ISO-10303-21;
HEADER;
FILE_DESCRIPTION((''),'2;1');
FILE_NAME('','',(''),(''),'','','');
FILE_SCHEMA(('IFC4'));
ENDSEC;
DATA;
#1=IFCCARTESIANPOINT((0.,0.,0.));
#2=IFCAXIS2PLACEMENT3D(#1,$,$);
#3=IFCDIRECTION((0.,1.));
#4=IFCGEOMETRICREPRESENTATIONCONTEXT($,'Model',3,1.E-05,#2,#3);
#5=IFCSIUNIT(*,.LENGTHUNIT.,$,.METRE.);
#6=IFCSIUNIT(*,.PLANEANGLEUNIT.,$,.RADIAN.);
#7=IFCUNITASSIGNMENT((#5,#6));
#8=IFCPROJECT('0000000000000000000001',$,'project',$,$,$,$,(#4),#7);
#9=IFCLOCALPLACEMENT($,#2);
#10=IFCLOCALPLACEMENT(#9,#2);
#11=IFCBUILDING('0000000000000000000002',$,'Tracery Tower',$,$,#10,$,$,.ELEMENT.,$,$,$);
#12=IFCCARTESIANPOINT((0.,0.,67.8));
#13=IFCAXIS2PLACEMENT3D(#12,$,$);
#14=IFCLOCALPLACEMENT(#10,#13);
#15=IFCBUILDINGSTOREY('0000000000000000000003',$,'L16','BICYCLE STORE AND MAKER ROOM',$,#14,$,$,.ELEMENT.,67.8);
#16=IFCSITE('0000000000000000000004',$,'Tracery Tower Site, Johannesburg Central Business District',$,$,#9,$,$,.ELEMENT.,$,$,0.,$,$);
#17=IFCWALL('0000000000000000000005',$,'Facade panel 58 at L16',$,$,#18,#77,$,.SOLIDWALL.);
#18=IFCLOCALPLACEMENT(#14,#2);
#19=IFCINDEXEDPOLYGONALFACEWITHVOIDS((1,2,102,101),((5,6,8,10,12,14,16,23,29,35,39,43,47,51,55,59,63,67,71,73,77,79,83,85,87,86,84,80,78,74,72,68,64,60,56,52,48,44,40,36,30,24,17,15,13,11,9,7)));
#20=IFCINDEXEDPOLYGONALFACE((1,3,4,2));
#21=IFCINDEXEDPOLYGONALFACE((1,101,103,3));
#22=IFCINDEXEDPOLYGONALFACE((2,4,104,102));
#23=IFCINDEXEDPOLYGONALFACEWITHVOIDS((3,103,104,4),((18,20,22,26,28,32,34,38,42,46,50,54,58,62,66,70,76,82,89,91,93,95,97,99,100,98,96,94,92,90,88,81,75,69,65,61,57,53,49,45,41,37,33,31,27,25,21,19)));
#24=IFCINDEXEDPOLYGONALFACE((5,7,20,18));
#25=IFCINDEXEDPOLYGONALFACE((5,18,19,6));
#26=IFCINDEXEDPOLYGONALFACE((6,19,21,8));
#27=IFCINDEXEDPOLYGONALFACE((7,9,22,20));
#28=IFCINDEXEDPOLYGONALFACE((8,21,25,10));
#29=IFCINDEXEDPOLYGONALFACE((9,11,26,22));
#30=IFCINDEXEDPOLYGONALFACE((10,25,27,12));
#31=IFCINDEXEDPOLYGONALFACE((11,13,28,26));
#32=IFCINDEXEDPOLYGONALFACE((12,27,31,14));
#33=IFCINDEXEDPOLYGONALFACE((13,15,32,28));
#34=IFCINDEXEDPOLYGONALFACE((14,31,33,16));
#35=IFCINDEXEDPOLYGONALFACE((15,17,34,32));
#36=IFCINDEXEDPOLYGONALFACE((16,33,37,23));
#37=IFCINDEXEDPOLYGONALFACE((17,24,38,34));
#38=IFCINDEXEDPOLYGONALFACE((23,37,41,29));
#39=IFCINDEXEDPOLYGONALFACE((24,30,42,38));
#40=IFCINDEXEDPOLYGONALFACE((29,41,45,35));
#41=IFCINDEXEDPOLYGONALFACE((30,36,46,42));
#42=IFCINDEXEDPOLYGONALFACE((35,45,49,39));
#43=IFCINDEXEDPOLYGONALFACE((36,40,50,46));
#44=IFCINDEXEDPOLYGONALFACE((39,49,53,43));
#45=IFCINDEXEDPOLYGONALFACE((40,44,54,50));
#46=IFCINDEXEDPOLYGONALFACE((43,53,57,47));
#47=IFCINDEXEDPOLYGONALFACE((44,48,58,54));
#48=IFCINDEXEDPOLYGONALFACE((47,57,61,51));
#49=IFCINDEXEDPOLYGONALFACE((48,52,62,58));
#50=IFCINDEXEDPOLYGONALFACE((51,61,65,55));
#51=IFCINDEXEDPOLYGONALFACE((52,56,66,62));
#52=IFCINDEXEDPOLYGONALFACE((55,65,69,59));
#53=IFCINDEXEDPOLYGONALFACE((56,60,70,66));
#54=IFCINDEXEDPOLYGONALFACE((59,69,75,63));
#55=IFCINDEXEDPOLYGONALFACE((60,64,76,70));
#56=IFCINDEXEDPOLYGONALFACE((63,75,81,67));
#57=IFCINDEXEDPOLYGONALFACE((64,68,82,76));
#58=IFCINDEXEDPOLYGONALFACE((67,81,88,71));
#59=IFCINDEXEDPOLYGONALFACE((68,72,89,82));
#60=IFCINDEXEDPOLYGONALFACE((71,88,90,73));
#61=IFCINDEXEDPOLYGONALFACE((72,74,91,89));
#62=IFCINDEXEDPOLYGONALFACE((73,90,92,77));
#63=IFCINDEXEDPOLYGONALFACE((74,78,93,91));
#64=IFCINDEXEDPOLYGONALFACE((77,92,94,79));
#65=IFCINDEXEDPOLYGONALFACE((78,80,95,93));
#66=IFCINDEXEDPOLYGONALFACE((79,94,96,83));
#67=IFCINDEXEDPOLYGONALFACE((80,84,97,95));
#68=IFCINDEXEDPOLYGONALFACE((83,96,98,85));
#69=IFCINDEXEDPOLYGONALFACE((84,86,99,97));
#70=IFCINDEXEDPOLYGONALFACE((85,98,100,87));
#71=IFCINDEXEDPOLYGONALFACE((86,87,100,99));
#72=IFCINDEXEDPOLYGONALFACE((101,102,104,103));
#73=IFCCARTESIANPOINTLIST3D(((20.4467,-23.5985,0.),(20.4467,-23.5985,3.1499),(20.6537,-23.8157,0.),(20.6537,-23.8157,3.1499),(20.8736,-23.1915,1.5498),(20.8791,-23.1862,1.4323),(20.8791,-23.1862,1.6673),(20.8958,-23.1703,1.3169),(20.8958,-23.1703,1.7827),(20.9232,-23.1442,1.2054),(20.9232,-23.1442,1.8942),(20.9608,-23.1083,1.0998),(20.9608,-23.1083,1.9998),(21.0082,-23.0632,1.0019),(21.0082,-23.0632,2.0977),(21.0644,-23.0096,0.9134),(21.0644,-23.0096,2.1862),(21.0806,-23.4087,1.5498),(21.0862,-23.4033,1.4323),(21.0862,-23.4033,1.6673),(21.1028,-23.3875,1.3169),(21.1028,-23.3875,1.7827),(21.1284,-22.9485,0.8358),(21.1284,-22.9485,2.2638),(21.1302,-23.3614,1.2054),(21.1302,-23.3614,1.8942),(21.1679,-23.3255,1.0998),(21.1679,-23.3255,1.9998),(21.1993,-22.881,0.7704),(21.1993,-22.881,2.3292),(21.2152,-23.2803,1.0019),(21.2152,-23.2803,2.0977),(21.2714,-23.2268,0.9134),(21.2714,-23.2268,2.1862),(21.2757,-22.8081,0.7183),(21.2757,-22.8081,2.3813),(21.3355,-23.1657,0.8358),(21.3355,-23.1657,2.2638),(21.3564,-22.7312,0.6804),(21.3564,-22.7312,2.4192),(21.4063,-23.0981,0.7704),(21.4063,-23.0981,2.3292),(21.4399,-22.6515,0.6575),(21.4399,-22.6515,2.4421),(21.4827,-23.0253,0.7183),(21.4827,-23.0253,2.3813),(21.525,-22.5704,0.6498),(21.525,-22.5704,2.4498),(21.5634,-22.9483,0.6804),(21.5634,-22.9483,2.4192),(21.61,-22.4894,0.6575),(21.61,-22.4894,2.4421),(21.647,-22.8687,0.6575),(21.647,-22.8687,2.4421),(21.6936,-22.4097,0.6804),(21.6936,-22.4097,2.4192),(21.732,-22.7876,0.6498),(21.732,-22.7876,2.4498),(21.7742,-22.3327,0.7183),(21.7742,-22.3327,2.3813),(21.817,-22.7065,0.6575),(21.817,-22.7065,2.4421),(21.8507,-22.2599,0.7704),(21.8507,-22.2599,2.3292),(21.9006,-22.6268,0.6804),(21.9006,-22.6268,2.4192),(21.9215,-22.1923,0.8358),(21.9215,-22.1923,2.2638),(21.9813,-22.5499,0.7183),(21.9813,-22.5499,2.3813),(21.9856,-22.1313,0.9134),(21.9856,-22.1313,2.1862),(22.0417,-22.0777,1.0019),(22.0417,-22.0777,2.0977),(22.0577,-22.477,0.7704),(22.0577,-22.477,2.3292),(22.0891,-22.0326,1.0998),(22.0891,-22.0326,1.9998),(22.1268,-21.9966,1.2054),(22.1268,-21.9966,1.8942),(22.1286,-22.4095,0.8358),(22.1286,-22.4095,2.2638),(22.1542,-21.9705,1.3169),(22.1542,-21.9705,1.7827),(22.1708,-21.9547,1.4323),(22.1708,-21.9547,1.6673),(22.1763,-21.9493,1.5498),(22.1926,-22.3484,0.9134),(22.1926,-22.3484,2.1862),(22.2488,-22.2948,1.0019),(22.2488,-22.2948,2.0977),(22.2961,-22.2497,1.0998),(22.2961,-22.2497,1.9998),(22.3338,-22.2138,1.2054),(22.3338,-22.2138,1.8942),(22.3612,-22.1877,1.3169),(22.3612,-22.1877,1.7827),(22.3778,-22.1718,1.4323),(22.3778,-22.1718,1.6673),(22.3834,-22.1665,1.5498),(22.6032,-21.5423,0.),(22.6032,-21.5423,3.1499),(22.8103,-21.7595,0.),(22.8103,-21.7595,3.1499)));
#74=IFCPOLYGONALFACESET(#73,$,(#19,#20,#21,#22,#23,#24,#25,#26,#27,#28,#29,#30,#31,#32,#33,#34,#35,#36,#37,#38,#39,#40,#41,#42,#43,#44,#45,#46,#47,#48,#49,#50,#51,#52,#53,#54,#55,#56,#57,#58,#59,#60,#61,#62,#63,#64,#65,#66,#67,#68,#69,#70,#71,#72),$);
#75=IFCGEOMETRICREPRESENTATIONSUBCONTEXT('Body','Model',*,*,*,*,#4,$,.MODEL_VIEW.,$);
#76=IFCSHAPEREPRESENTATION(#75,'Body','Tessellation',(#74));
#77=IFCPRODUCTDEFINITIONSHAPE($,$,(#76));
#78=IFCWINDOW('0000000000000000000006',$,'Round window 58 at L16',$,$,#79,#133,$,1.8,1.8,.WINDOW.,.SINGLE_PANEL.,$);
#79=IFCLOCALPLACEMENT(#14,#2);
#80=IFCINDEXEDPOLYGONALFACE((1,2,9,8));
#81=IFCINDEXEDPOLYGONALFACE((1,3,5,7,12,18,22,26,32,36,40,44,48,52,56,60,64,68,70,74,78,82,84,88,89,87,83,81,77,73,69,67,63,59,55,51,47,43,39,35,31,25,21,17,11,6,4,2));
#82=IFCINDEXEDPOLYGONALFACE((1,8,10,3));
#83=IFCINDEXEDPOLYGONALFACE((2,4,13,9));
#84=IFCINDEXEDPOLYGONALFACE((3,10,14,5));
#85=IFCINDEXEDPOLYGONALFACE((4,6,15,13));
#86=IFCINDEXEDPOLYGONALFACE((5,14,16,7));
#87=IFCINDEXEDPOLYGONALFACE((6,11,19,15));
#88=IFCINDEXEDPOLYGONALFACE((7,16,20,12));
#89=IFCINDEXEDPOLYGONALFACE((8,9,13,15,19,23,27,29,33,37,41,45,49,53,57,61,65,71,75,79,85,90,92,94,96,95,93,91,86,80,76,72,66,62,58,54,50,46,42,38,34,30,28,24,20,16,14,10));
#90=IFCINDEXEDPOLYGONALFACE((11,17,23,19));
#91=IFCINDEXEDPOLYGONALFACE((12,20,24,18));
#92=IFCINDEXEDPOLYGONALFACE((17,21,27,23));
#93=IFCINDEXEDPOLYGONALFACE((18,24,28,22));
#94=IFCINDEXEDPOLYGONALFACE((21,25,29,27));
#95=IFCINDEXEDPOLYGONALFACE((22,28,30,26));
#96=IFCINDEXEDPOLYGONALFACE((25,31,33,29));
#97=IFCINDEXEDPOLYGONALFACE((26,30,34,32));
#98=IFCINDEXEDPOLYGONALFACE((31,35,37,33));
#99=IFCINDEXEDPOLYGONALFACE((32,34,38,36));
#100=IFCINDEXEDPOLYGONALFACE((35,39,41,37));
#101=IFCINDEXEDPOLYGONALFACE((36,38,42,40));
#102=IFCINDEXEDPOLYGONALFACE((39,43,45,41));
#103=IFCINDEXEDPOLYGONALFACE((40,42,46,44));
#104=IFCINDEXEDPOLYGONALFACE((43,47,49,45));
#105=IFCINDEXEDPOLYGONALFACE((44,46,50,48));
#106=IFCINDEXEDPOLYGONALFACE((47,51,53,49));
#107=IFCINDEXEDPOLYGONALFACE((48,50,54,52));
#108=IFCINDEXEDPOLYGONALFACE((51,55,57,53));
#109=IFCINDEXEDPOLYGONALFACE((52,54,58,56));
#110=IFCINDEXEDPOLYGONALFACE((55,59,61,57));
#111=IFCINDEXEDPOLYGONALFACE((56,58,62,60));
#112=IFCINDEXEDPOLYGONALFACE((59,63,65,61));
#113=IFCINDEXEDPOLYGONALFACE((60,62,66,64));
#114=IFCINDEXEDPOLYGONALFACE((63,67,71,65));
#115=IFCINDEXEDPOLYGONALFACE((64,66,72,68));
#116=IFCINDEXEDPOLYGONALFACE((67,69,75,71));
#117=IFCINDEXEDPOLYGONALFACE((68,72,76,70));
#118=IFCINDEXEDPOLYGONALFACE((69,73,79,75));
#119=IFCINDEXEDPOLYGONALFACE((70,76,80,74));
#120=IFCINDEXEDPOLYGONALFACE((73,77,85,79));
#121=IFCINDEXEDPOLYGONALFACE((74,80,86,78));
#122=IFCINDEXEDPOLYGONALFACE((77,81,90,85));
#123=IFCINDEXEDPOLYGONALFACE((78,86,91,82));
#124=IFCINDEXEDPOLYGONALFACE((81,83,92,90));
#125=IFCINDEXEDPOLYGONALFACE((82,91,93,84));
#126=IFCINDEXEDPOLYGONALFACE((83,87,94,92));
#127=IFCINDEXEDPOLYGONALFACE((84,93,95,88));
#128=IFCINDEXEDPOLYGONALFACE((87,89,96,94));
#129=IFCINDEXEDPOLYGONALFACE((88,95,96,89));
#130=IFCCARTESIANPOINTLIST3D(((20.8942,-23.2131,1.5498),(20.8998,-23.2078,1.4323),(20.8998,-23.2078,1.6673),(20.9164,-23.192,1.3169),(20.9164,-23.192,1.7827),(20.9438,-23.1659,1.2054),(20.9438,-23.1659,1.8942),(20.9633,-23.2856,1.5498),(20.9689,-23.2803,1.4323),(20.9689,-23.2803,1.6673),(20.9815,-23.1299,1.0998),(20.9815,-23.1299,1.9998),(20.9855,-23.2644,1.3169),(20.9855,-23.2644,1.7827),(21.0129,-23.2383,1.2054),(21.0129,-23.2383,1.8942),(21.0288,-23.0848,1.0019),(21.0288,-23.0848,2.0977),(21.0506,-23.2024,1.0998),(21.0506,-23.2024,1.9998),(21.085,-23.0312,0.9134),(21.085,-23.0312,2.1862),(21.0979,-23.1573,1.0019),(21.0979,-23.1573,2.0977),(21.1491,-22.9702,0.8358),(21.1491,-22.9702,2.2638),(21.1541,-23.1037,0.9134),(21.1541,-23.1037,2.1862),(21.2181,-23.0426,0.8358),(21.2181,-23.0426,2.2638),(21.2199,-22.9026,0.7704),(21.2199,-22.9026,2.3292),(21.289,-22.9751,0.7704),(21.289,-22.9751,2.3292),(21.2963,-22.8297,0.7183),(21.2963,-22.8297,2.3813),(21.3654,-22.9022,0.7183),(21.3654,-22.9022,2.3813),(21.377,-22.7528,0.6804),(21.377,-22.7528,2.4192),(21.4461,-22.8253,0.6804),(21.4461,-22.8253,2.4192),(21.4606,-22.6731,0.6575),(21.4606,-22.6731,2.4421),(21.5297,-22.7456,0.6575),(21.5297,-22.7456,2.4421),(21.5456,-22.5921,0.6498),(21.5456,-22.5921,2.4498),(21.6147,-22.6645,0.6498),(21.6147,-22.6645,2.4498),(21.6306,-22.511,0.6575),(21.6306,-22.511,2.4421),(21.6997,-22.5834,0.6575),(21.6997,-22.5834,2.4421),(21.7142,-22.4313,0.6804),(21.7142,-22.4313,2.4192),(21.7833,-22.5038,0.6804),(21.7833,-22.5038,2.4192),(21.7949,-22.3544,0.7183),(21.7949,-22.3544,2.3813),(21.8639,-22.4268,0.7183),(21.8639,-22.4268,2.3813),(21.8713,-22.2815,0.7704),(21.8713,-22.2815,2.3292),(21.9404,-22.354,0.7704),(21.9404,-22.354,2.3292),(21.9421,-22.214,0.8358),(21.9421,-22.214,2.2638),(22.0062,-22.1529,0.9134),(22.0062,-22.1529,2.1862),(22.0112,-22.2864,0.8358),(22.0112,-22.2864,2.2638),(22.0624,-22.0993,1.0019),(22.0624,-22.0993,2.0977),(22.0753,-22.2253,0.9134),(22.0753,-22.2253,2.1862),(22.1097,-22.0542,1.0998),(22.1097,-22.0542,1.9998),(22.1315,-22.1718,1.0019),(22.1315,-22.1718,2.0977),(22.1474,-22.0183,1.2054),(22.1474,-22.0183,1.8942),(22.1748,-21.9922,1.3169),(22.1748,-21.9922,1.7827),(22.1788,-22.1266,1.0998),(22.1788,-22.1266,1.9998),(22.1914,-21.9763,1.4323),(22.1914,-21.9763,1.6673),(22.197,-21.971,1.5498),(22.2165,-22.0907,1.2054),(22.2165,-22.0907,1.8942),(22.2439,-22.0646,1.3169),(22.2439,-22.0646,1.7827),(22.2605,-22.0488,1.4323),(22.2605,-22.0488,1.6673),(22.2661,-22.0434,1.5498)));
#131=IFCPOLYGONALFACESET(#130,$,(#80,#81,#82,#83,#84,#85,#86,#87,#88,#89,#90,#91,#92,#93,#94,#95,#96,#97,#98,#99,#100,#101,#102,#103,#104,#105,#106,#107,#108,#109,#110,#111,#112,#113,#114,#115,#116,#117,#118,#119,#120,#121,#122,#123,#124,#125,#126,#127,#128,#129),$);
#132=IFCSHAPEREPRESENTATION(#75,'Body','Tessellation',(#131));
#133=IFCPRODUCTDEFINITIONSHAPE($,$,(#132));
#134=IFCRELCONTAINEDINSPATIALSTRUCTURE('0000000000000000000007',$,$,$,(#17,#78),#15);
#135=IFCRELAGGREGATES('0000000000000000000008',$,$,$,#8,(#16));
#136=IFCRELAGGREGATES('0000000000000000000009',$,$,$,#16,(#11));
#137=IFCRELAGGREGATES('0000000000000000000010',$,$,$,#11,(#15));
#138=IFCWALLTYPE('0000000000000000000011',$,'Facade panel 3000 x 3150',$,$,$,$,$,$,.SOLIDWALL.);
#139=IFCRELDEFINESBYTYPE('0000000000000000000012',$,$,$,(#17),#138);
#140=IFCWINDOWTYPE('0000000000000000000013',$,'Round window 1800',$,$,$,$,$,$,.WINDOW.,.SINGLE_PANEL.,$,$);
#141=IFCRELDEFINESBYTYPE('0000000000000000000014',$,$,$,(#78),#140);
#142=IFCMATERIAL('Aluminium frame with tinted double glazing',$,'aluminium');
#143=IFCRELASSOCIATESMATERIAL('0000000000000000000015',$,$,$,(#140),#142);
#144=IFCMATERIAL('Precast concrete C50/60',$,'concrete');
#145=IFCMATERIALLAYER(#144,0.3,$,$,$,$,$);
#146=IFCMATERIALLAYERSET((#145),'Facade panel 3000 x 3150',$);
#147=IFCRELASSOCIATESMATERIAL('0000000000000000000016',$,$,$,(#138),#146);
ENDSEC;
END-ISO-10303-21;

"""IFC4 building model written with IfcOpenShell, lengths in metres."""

from ifc_helpers import new_model, si_unit, direction, frame, frame_2d, origin, origin_2d, place, context, subcontext, project, spatial, rectangle, circle, extrude, material, layer, layer_set, type_object, element, fill, save


model = new_model("IFC4")

# Units and contexts
model_context = context("Model", 3, precision=1e-05, world=origin(), true_north=direction((0.0, 1.0)))
body_context = subcontext(model_context, "Body", "Model", "MODEL_VIEW")
ifc_project = project(units=[si_unit("LENGTHUNIT", "METRE"), si_unit("PLANEANGLEUNIT", "RADIAN")], contexts=[model_context])

# Site, building, storey
site_placement = place(None, origin())
site = spatial("IfcSite", under=ifc_project, at=site_placement, Name="Tracery Tower Site, Johannesburg Central Business District", CompositionType="ELEMENT", RefElevation=0.0)
building_placement = place(site_placement, origin())
building = spatial("IfcBuilding", under=site, at=building_placement, Name="Tracery Tower", CompositionType="ELEMENT")
storey_placement = place(building_placement, frame((0.0, 0.0, 67.8)))
storey = spatial("IfcBuildingStorey", under=building, at=storey_placement, Name="L16", Description="BICYCLE STORE AND MAKER ROOM", CompositionType="ELEMENT", Elevation=67.8)

# Wall, opening, window
ifc_material_1 = material(Name="Aluminium frame with tinted double glazing", Category="aluminium")
window_type = type_object("IfcWindowType", Name="Round window 1800", PartitioningType="SINGLE_PANEL", PredefinedType="WINDOW", material=ifc_material_1)
ifc_material_2 = material(Name="Precast concrete C50/60", Category="concrete")
ifc_layer_1 = layer(ifc_material_2, 0.3)
ifc_layer_set_1 = layer_set([ifc_layer_1], Name="Facade panel 3000 x 3150")
wall_type_1 = type_object("IfcWallType", Name="Facade panel 3000 x 3150", PredefinedType="SOLIDWALL", material=ifc_layer_set_1)
wall_1_placement = place(storey_placement, frame((20.5503, -23.707, 0.0), z_axis=(0.0, 0.0, 1.0), x_axis=(0.723744, 0.690068, 0.0)))
wall_1 = element("IfcWall", 1, at=wall_1_placement, inside=storey, type_object=wall_type_1, Name="Facade panel 58 at L16", PredefinedType="SOLIDWALL", context=body_context, shape_type="SweptSolid", body=[
    extrude(rectangle(XDim=2.9797, YDim=0.3, at=frame_2d((1.4897, 0.0))), origin(), (0.0, 0.0, 1.0), 3.1499),
])
opening_1_placement = place(wall_1_placement, frame((1.4897, 0.0, 1.5498)))
opening_1 = element("IfcOpeningElement", 2, at=opening_1_placement, cuts=wall_1, PredefinedType="OPENING", context=body_context, shape_type="SweptSolid", body=[
    extrude(circle(Radius=0.9, at=origin_2d()), frame((0.0, 0.1599, 0.0), z_axis=(0.0, -1.0, 0.0), x_axis=(1.0, 0.0, 0.0)), (0.0, 0.0, 1.0), 0.3201),
])
window_1_placement = place(opening_1_placement, origin())
window_1 = element("IfcWindow", 3, at=window_1_placement, inside=storey, type_object=window_type, Name="Round window 58 at L16", OverallHeight=1.8, OverallWidth=1.8, PartitioningType="SINGLE_PANEL", PredefinedType="WINDOW", context=body_context, shape_type="SweptSolid", body=[
    extrude(circle(Radius=0.9, at=origin_2d()), frame((0.0, 0.1201, 0.0), z_axis=(0.0, -1.0, 0.0), x_axis=(1.0, 0.0, 0.0)), (0.0, 0.0, 1.0), 0.1001),
])
fill(opening_1, window_1)

save(model, "model.ifc")
